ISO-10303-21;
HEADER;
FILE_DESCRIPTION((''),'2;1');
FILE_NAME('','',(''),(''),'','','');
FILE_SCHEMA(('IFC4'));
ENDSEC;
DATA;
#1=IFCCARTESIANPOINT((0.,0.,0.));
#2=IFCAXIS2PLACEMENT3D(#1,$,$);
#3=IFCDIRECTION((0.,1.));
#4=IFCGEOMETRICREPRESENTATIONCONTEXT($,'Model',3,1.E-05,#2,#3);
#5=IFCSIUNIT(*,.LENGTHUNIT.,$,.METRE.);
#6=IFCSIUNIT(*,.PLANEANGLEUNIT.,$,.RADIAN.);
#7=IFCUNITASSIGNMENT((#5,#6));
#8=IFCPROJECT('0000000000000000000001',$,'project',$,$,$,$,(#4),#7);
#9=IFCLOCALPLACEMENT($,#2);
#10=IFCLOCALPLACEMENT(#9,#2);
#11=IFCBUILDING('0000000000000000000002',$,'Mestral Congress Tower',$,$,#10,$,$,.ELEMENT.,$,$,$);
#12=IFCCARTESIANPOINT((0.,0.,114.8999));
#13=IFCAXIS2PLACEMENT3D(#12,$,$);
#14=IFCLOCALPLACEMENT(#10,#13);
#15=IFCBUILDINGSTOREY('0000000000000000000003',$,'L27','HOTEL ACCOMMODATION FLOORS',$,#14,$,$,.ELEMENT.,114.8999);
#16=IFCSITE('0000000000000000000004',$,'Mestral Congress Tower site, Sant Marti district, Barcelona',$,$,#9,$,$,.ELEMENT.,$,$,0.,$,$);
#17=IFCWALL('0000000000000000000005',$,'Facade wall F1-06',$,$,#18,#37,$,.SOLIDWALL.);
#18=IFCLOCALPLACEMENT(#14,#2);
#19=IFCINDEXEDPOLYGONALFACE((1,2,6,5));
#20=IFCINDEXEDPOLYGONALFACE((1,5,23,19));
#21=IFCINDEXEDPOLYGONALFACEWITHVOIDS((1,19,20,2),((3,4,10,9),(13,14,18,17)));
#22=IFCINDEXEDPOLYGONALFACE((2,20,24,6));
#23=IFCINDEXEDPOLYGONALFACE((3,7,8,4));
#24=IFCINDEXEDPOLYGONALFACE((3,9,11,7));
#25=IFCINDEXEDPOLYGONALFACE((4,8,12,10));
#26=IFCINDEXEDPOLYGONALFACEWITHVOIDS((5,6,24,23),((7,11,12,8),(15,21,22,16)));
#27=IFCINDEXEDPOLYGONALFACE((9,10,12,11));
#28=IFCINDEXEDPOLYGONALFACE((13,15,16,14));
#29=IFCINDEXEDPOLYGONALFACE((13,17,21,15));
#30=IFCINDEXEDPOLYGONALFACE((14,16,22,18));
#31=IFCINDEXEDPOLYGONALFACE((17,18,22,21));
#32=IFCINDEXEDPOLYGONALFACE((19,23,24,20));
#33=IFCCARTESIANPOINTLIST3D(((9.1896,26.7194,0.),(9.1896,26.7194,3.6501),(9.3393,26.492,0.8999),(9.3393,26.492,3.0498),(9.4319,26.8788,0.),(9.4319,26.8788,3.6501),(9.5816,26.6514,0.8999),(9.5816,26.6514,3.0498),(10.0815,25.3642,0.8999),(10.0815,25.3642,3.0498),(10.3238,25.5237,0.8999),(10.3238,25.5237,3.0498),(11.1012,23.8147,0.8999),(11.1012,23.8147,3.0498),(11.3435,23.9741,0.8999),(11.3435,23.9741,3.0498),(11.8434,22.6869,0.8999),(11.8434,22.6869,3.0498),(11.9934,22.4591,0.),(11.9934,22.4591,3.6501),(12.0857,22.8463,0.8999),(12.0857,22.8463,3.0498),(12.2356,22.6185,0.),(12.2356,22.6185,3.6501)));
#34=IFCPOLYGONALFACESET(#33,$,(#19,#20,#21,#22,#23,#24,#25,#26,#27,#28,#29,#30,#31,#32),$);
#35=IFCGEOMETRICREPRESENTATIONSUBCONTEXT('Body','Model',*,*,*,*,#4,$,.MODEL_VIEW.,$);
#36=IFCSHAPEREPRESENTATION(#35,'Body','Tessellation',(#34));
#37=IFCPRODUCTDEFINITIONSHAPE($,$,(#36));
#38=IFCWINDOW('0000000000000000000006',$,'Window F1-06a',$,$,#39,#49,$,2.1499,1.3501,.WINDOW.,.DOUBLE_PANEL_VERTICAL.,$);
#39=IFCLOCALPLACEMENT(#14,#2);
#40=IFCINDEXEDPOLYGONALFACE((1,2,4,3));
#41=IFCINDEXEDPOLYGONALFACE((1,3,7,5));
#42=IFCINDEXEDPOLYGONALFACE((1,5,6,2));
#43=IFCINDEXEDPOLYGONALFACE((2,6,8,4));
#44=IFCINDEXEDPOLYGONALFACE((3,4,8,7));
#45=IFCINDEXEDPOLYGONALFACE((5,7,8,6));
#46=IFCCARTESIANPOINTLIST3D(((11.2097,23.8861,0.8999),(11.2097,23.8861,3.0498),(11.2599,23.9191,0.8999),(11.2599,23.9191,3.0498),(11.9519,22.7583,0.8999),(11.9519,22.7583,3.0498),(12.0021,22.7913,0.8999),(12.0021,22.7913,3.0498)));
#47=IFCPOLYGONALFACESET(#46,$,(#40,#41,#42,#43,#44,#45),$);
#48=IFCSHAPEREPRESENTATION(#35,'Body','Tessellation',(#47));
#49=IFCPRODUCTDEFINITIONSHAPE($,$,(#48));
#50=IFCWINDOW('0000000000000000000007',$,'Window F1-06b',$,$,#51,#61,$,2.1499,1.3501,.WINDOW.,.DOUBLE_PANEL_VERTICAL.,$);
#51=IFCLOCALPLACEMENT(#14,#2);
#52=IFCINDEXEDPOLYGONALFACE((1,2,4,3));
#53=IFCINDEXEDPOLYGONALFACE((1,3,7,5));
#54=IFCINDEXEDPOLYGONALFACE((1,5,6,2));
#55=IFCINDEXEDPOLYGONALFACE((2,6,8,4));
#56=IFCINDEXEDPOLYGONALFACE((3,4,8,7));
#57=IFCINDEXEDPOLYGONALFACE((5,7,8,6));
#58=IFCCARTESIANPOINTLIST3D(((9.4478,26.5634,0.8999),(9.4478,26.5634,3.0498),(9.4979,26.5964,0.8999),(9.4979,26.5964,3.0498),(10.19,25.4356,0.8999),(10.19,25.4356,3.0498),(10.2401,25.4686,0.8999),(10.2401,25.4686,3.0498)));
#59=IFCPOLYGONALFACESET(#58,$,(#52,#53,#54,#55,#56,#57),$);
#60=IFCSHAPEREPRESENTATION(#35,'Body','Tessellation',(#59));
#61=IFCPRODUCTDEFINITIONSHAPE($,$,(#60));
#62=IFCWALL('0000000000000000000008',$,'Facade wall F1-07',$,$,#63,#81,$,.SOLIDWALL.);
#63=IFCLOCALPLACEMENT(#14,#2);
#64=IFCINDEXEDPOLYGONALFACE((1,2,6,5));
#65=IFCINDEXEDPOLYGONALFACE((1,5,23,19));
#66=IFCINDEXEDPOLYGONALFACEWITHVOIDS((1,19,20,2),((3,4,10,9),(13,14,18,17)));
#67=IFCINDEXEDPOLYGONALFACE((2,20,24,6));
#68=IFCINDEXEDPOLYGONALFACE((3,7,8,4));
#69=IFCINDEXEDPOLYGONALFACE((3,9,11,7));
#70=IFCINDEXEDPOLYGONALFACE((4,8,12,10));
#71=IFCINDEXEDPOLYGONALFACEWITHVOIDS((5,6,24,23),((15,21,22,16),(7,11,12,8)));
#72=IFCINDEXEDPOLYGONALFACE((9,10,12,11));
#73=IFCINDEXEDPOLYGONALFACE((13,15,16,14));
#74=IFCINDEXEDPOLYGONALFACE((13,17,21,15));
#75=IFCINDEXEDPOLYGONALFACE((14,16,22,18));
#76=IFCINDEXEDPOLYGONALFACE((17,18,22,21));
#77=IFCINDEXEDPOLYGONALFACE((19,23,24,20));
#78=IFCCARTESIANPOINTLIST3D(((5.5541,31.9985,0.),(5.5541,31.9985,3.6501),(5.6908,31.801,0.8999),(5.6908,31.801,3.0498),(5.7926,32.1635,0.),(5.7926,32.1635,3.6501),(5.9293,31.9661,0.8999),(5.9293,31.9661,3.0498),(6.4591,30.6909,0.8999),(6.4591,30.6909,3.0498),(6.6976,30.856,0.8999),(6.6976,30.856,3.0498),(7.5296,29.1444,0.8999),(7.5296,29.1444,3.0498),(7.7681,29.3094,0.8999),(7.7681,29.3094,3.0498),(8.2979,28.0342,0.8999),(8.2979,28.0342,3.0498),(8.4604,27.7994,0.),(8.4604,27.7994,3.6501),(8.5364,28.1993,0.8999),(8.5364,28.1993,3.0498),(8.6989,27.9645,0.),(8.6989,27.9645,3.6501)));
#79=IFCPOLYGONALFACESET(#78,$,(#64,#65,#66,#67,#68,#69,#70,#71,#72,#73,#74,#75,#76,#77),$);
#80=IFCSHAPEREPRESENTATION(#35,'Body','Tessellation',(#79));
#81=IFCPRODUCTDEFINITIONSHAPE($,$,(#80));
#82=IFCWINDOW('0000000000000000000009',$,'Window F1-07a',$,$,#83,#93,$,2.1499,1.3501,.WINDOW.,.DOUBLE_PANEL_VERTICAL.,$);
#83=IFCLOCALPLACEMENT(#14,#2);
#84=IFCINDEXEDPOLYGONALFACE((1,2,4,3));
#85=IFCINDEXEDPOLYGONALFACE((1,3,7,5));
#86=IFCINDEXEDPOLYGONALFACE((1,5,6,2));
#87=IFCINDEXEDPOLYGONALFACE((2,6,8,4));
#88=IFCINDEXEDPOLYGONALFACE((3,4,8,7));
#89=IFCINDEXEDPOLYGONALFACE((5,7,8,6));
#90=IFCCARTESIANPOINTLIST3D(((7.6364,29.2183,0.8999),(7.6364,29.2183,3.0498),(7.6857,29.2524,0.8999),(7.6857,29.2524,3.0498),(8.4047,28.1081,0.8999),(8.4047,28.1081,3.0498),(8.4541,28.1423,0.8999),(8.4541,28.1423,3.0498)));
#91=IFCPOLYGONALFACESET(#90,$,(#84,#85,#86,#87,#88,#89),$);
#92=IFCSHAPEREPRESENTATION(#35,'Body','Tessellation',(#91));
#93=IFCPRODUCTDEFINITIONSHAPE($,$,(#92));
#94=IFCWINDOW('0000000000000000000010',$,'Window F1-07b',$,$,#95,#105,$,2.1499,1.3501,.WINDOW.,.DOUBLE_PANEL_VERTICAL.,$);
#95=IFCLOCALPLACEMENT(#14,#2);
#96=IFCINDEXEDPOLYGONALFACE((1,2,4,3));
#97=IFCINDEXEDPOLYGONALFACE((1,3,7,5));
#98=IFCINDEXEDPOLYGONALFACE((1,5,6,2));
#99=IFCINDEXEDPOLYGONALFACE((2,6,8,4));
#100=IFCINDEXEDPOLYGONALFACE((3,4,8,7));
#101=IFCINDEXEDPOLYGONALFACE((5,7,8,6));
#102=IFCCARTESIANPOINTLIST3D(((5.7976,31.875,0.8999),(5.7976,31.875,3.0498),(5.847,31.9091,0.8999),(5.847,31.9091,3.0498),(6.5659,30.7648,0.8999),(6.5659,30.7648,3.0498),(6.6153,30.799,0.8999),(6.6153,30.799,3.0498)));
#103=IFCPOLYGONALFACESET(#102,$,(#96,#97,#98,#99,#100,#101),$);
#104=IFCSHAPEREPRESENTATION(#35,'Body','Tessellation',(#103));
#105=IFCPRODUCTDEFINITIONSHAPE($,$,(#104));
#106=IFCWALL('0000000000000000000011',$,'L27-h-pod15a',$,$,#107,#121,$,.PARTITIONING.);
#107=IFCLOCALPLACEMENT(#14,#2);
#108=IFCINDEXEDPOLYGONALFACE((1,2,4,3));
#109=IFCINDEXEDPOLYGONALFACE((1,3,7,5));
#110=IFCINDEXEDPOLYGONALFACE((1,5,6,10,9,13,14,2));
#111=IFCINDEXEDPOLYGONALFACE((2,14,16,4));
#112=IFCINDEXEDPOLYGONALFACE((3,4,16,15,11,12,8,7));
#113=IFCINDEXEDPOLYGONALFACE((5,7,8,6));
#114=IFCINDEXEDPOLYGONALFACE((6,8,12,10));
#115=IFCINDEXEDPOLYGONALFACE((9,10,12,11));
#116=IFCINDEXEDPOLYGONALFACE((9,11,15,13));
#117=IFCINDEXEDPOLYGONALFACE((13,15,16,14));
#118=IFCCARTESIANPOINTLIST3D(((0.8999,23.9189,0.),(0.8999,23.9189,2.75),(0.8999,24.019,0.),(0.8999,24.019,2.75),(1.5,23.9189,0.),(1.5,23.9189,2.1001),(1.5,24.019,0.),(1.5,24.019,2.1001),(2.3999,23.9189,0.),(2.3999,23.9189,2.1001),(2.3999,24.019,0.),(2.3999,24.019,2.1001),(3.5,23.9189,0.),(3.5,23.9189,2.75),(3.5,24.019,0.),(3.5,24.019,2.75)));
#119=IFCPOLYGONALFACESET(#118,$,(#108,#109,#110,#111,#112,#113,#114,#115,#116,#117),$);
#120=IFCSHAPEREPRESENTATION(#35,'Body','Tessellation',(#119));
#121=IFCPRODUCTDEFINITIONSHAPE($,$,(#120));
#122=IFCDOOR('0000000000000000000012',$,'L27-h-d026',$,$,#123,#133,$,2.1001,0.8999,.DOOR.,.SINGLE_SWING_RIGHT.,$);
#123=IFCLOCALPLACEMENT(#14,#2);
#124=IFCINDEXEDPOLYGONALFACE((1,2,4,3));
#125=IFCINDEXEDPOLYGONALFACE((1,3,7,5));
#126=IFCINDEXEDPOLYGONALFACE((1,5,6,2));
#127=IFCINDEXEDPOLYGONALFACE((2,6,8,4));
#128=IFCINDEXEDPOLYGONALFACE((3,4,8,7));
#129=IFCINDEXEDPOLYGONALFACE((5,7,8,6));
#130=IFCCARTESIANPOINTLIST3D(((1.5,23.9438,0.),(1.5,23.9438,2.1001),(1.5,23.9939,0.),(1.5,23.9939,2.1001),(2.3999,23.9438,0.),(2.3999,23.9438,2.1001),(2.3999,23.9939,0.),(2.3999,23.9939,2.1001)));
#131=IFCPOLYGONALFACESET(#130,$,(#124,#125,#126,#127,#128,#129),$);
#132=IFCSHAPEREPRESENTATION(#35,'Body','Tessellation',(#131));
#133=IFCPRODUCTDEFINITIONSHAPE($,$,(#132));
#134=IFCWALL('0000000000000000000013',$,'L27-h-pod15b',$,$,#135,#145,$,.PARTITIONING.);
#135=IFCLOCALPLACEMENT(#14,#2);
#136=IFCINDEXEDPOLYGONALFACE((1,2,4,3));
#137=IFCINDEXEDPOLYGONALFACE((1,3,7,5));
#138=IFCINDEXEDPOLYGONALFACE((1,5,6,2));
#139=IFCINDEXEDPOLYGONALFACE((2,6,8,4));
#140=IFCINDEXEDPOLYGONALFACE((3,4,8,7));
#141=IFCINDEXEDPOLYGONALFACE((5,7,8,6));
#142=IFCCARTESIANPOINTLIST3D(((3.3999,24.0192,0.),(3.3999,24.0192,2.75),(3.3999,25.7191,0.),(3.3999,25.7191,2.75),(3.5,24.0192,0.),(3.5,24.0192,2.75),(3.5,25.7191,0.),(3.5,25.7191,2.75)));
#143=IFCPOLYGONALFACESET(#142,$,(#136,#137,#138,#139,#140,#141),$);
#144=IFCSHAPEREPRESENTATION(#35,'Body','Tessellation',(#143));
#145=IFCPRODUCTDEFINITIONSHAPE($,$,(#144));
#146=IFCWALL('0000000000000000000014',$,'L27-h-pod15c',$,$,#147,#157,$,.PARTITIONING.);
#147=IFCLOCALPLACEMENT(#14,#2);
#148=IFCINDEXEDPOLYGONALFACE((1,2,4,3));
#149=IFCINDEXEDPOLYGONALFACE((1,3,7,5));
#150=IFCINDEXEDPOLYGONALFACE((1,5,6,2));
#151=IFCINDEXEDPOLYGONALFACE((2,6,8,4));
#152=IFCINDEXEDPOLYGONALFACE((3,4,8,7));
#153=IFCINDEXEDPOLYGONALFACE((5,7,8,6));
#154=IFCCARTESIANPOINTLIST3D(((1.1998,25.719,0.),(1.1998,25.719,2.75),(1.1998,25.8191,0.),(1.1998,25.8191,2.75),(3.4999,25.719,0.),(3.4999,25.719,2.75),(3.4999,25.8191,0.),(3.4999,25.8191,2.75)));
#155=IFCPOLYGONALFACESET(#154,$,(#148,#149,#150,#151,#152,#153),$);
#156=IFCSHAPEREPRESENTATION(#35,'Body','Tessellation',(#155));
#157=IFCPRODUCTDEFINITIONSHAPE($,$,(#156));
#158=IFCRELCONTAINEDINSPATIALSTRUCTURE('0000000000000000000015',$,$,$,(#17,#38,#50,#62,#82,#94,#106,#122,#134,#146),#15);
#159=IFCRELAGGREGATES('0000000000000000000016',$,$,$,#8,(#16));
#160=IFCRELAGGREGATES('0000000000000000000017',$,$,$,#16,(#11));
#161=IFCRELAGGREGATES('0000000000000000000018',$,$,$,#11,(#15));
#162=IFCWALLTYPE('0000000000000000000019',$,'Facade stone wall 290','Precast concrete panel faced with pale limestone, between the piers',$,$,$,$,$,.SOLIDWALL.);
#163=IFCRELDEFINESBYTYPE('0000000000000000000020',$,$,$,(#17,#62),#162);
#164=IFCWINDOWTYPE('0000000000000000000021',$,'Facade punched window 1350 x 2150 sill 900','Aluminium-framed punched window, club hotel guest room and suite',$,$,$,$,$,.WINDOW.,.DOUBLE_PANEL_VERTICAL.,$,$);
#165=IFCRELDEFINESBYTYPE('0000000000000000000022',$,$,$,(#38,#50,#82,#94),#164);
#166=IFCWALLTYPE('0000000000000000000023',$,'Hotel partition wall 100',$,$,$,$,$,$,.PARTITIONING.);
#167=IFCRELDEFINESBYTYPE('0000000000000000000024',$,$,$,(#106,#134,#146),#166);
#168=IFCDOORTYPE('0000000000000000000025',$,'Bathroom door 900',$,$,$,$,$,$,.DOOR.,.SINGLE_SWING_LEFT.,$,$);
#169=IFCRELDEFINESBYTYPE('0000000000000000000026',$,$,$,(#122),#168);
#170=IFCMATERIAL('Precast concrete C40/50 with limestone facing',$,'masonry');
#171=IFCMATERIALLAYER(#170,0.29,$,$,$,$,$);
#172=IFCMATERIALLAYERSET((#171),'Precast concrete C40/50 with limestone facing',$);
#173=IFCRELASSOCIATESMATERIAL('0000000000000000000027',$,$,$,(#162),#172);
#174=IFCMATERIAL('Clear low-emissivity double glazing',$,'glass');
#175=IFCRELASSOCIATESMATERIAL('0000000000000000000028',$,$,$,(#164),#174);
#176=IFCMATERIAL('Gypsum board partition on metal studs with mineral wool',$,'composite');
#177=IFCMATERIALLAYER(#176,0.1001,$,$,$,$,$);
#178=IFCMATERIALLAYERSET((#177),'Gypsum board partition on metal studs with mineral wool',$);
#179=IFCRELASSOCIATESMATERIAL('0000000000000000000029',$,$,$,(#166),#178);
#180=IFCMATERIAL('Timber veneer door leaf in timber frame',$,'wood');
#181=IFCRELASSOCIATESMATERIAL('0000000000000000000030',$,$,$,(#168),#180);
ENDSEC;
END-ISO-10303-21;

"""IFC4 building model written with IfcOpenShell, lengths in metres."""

from ifc_helpers import new_model, si_unit, direction, frame, frame_2d, origin, place, context, subcontext, project, spatial, rectangle, extrude, material, layer, layer_set, type_object, element, fill, save


model = new_model("IFC4")

# Units and contexts
model_context = context("Model", 3, precision=1e-05, world=origin(), true_north=direction((0.0, 1.0)))
body_context = subcontext(model_context, "Body", "Model", "MODEL_VIEW")
ifc_project = project(units=[si_unit("LENGTHUNIT", "METRE"), si_unit("PLANEANGLEUNIT", "RADIAN")], contexts=[model_context])

# Site, building, storey
site_placement = place(None, origin())
site = spatial("IfcSite", under=ifc_project, at=site_placement, Name="Mestral Congress Tower site, Sant Marti district, Barcelona", CompositionType="ELEMENT", RefElevation=0.0)
building_placement = place(site_placement, origin())
building = spatial("IfcBuilding", under=site, at=building_placement, Name="Mestral Congress Tower", CompositionType="ELEMENT")
storey_placement = place(building_placement, frame((0.0, 0.0, 114.8999)))
storey = spatial("IfcBuildingStorey", under=building, at=storey_placement, Name="L27", Description="HOTEL ACCOMMODATION FLOORS", CompositionType="ELEMENT", Elevation=114.8999)

# Walls, openings, windows
ifc_material_1 = material(Name="Precast concrete C40/50 with limestone facing", Category="masonry")
ifc_layer_1 = layer(ifc_material_1, 0.29)
ifc_layer_set_1 = layer_set([ifc_layer_1], Name="Precast concrete C40/50 with limestone facing")
wall_type_1 = type_object("IfcWallType", Name="Facade stone wall 290", Description="Precast concrete panel faced with pale limestone, between the piers", PredefinedType="SOLIDWALL", material=ifc_layer_set_1)
wall_1_placement = place(storey_placement, frame((12.1145, 22.5388, 0.0), z_axis=(0.0, 0.0, 1.0), x_axis=(-0.549741, 0.835335, 0.0)))
wall_1 = element("IfcWall", 1, at=wall_1_placement, inside=storey, type_object=wall_type_1, Name="Facade wall F1-06", PredefinedType="SOLIDWALL", context=body_context, shape_type="SweptSolid", body=[
    extrude(rectangle(XDim=5.1001, YDim=0.29, at=frame_2d((2.55, 0.0))), origin(), (0.0, 0.0, 1.0), 3.6501),
])
opening_1_placement = place(wall_1_placement, frame((0.2727, 0.0, 0.8999)))
opening_1 = element("IfcOpeningElement", 2, at=opening_1_placement, cuts=wall_1, PredefinedType="OPENING", context=body_context, shape_type="SweptSolid", body=[
    extrude(rectangle(XDim=1.3501, YDim=2.1499, at=frame_2d((0.675, 1.075))), frame((0.0, 0.155, 0.0), z_axis=(0.0, -1.0, 0.0), x_axis=(1.0, 0.0, 0.0)), (0.0, 0.0, 1.0), 0.3101),
])
opening_2_placement = place(wall_1_placement, frame((3.4778, 0.0, 0.8999)))
opening_2 = element("IfcOpeningElement", 3, at=opening_2_placement, cuts=wall_1, PredefinedType="OPENING", context=body_context, shape_type="SweptSolid", body=[
    extrude(rectangle(XDim=1.3501, YDim=2.1499, at=frame_2d((0.675, 1.075))), frame((0.0, 0.155, 0.0), z_axis=(0.0, -1.0, 0.0), x_axis=(1.0, 0.0, 0.0)), (0.0, 0.0, 1.0), 0.3101),
])
ifc_material_2 = material(Name="Clear low-emissivity double glazing", Category="glass")
window_type = type_object("IfcWindowType", Name="Facade punched window 1350 x 2150 sill 900", Description="Aluminium-framed punched window, club hotel guest room and suite", PartitioningType="DOUBLE_PANEL_VERTICAL", PredefinedType="WINDOW", material=ifc_material_2)
window_1_placement = place(opening_1_placement, origin())
window_1 = element("IfcWindow", 4, at=window_1_placement, inside=storey, type_object=window_type, Name="Window F1-06a", OverallHeight=2.1499, OverallWidth=1.3501, PartitioningType="DOUBLE_PANEL_VERTICAL", PredefinedType="WINDOW", context=body_context, shape_type="SweptSolid", body=[
    extrude(rectangle(XDim=1.3501, YDim=2.1499, at=frame_2d((0.675, 1.075))), frame((0.0, 0.0151, 0.0), z_axis=(0.0, -1.0, 0.0), x_axis=(1.0, 0.0, 0.0)), (0.0, 0.0, 1.0), 0.0601),
])
fill(opening_1, window_1)
window_2_placement = place(opening_2_placement, origin())
window_2 = element("IfcWindow", 5, at=window_2_placement, inside=storey, type_object=window_type, Name="Window F1-06b", OverallHeight=2.1499, OverallWidth=1.3501, PartitioningType="DOUBLE_PANEL_VERTICAL", PredefinedType="WINDOW", context=body_context, shape_type="SweptSolid", body=[
    extrude(rectangle(XDim=1.3501, YDim=2.1499, at=frame_2d((0.675, 1.075))), frame((0.0, 0.0151, 0.0), z_axis=(0.0, -1.0, 0.0), x_axis=(1.0, 0.0, 0.0)), (0.0, 0.0, 1.0), 0.0601),
])
fill(opening_2, window_2)
wall_2_placement = place(storey_placement, frame((8.5796, 27.8821, 0.0), z_axis=(0.0, 0.0, 1.0), x_axis=(-0.569113, 0.822259, 0.0)))
wall_2 = element("IfcWall", 6, at=wall_2_placement, inside=storey, type_object=wall_type_1, Name="Facade wall F1-07", PredefinedType="SOLIDWALL", context=body_context, shape_type="SweptSolid", body=[
    extrude(rectangle(XDim=5.1067, YDim=0.29, at=frame_2d((2.5532, 0.0))), origin(), (0.0, 0.0, 1.0), 3.6501),
])
opening_3_placement = place(wall_2_placement, frame((0.2854, 0.0, 0.8999)))
opening_3 = element("IfcOpeningElement", 7, at=opening_3_placement, cuts=wall_2, PredefinedType="OPENING", context=body_context, shape_type="SweptSolid", body=[
    extrude(rectangle(XDim=1.3501, YDim=2.1499, at=frame_2d((0.675, 1.075))), frame((0.0, 0.155, 0.0), z_axis=(0.0, -1.0, 0.0), x_axis=(1.0, 0.0, 0.0)), (0.0, 0.0, 1.0), 0.3101),
])
opening_4_placement = place(wall_2_placement, frame((3.5164, 0.0, 0.8999)))
opening_4 = element("IfcOpeningElement", 8, at=opening_4_placement, cuts=wall_2, PredefinedType="OPENING", context=body_context, shape_type="SweptSolid", body=[
    extrude(rectangle(XDim=1.3501, YDim=2.1499, at=frame_2d((0.675, 1.075))), frame((0.0, 0.155, 0.0), z_axis=(0.0, -1.0, 0.0), x_axis=(1.0, 0.0, 0.0)), (0.0, 0.0, 1.0), 0.3101),
])
window_3_placement = place(opening_3_placement, origin())
window_3 = element("IfcWindow", 9, at=window_3_placement, inside=storey, type_object=window_type, Name="Window F1-07a", OverallHeight=2.1499, OverallWidth=1.3501, PartitioningType="DOUBLE_PANEL_VERTICAL", PredefinedType="WINDOW", context=body_context, shape_type="SweptSolid", body=[
    extrude(rectangle(XDim=1.3501, YDim=2.1499, at=frame_2d((0.675, 1.075))), frame((0.0, 0.0151, 0.0), z_axis=(0.0, -1.0, 0.0), x_axis=(1.0, 0.0, 0.0)), (0.0, 0.0, 1.0), 0.0601),
])
fill(opening_3, window_3)
window_4_placement = place(opening_4_placement, origin())
window_4 = element("IfcWindow", 10, at=window_4_placement, inside=storey, type_object=window_type, Name="Window F1-07b", OverallHeight=2.1499, OverallWidth=1.3501, PartitioningType="DOUBLE_PANEL_VERTICAL", PredefinedType="WINDOW", context=body_context, shape_type="SweptSolid", body=[
    extrude(rectangle(XDim=1.3501, YDim=2.1499, at=frame_2d((0.675, 1.075))), frame((0.0, 0.0151, 0.0), z_axis=(0.0, -1.0, 0.0), x_axis=(1.0, 0.0, 0.0)), (0.0, 0.0, 1.0), 0.0601),
])
fill(opening_4, window_4)

# Wall, opening, door
ifc_material_3 = material(Name="Gypsum board partition on metal studs with mineral wool", Category="composite")
ifc_layer_2 = layer(ifc_material_3, 0.1001)
ifc_layer_set_2 = layer_set([ifc_layer_2], Name="Gypsum board partition on metal studs with mineral wool")
wall_type_2 = type_object("IfcWallType", Name="Hotel partition wall 100", PredefinedType="PARTITIONING", material=ifc_layer_set_2)
wall_3_placement = place(storey_placement, frame((0.8999, 23.969, 0.0), z_axis=(0.0, 0.0, 1.0), x_axis=(1.0, 0.0, 0.0)))
wall_3 = element("IfcWall", 11, at=wall_3_placement, inside=storey, type_object=wall_type_2, Name="L27-h-pod15a", PredefinedType="PARTITIONING", context=body_context, shape_type="SweptSolid", body=[
    extrude(rectangle(XDim=2.6001, YDim=0.1001, at=frame_2d((1.3, 0.0))), origin(), (0.0, 0.0, 1.0), 2.75),
])
opening_5_placement = place(wall_3_placement, frame((0.6001, 0.0, 0.0)))
opening_5 = element("IfcOpeningElement", 12, at=opening_5_placement, cuts=wall_3, PredefinedType="OPENING", context=body_context, shape_type="SweptSolid", body=[
    extrude(rectangle(XDim=0.8999, YDim=2.1001, at=frame_2d((0.45, 1.05))), frame((0.0, 0.0601, 0.0), z_axis=(0.0, -1.0, 0.0), x_axis=(1.0, 0.0, 0.0)), (0.0, 0.0, 1.0), 0.1201),
])
ifc_material_4 = material(Name="Timber veneer door leaf in timber frame", Category="wood")
door_type = type_object("IfcDoorType", Name="Bathroom door 900", OperationType="SINGLE_SWING_LEFT", PredefinedType="DOOR", material=ifc_material_4)
door_1_placement = place(opening_5_placement, origin())
door_1 = element("IfcDoor", 13, at=door_1_placement, inside=storey, type_object=door_type, Name="L27-h-d026", OperationType="SINGLE_SWING_RIGHT", OverallHeight=2.1001, OverallWidth=0.8999, PredefinedType="DOOR", context=body_context, shape_type="SweptSolid", body=[
    extrude(rectangle(XDim=0.8999, YDim=2.1001, at=frame_2d((0.45, 1.05))), frame((0.0, 0.0249, 0.0), z_axis=(0.0, -1.0, 0.0), x_axis=(1.0, 0.0, 0.0)), (0.0, 0.0, 1.0), 0.05),
])
fill(opening_5, door_1)

# Walls
wall_4_placement = place(storey_placement, frame((3.45, 24.019, 0.0), z_axis=(0.0, 0.0, 1.0), x_axis=(0.0, 1.0, 0.0)))
element("IfcWall", 14, at=wall_4_placement, inside=storey, type_object=wall_type_2, Name="L27-h-pod15b", PredefinedType="PARTITIONING", context=body_context, shape_type="SweptSolid", body=[
    extrude(rectangle(XDim=1.7, YDim=0.1001, at=frame_2d((0.8501, 0.0))), origin(), (0.0, 0.0, 1.0), 2.75),
])
wall_5_placement = place(storey_placement, frame((1.2, 25.769, 0.0), z_axis=(0.0, 0.0, 1.0), x_axis=(1.0, 0.0, 0.0)))
element("IfcWall", 15, at=wall_5_placement, inside=storey, type_object=wall_type_2, Name="L27-h-pod15c", PredefinedType="PARTITIONING", context=body_context, shape_type="SweptSolid", body=[
    extrude(rectangle(XDim=2.3, YDim=0.1001, at=frame_2d((1.1499, 0.0))), origin(), (0.0, 0.0, 1.0), 2.75),
])

save(model, "model.ifc")
